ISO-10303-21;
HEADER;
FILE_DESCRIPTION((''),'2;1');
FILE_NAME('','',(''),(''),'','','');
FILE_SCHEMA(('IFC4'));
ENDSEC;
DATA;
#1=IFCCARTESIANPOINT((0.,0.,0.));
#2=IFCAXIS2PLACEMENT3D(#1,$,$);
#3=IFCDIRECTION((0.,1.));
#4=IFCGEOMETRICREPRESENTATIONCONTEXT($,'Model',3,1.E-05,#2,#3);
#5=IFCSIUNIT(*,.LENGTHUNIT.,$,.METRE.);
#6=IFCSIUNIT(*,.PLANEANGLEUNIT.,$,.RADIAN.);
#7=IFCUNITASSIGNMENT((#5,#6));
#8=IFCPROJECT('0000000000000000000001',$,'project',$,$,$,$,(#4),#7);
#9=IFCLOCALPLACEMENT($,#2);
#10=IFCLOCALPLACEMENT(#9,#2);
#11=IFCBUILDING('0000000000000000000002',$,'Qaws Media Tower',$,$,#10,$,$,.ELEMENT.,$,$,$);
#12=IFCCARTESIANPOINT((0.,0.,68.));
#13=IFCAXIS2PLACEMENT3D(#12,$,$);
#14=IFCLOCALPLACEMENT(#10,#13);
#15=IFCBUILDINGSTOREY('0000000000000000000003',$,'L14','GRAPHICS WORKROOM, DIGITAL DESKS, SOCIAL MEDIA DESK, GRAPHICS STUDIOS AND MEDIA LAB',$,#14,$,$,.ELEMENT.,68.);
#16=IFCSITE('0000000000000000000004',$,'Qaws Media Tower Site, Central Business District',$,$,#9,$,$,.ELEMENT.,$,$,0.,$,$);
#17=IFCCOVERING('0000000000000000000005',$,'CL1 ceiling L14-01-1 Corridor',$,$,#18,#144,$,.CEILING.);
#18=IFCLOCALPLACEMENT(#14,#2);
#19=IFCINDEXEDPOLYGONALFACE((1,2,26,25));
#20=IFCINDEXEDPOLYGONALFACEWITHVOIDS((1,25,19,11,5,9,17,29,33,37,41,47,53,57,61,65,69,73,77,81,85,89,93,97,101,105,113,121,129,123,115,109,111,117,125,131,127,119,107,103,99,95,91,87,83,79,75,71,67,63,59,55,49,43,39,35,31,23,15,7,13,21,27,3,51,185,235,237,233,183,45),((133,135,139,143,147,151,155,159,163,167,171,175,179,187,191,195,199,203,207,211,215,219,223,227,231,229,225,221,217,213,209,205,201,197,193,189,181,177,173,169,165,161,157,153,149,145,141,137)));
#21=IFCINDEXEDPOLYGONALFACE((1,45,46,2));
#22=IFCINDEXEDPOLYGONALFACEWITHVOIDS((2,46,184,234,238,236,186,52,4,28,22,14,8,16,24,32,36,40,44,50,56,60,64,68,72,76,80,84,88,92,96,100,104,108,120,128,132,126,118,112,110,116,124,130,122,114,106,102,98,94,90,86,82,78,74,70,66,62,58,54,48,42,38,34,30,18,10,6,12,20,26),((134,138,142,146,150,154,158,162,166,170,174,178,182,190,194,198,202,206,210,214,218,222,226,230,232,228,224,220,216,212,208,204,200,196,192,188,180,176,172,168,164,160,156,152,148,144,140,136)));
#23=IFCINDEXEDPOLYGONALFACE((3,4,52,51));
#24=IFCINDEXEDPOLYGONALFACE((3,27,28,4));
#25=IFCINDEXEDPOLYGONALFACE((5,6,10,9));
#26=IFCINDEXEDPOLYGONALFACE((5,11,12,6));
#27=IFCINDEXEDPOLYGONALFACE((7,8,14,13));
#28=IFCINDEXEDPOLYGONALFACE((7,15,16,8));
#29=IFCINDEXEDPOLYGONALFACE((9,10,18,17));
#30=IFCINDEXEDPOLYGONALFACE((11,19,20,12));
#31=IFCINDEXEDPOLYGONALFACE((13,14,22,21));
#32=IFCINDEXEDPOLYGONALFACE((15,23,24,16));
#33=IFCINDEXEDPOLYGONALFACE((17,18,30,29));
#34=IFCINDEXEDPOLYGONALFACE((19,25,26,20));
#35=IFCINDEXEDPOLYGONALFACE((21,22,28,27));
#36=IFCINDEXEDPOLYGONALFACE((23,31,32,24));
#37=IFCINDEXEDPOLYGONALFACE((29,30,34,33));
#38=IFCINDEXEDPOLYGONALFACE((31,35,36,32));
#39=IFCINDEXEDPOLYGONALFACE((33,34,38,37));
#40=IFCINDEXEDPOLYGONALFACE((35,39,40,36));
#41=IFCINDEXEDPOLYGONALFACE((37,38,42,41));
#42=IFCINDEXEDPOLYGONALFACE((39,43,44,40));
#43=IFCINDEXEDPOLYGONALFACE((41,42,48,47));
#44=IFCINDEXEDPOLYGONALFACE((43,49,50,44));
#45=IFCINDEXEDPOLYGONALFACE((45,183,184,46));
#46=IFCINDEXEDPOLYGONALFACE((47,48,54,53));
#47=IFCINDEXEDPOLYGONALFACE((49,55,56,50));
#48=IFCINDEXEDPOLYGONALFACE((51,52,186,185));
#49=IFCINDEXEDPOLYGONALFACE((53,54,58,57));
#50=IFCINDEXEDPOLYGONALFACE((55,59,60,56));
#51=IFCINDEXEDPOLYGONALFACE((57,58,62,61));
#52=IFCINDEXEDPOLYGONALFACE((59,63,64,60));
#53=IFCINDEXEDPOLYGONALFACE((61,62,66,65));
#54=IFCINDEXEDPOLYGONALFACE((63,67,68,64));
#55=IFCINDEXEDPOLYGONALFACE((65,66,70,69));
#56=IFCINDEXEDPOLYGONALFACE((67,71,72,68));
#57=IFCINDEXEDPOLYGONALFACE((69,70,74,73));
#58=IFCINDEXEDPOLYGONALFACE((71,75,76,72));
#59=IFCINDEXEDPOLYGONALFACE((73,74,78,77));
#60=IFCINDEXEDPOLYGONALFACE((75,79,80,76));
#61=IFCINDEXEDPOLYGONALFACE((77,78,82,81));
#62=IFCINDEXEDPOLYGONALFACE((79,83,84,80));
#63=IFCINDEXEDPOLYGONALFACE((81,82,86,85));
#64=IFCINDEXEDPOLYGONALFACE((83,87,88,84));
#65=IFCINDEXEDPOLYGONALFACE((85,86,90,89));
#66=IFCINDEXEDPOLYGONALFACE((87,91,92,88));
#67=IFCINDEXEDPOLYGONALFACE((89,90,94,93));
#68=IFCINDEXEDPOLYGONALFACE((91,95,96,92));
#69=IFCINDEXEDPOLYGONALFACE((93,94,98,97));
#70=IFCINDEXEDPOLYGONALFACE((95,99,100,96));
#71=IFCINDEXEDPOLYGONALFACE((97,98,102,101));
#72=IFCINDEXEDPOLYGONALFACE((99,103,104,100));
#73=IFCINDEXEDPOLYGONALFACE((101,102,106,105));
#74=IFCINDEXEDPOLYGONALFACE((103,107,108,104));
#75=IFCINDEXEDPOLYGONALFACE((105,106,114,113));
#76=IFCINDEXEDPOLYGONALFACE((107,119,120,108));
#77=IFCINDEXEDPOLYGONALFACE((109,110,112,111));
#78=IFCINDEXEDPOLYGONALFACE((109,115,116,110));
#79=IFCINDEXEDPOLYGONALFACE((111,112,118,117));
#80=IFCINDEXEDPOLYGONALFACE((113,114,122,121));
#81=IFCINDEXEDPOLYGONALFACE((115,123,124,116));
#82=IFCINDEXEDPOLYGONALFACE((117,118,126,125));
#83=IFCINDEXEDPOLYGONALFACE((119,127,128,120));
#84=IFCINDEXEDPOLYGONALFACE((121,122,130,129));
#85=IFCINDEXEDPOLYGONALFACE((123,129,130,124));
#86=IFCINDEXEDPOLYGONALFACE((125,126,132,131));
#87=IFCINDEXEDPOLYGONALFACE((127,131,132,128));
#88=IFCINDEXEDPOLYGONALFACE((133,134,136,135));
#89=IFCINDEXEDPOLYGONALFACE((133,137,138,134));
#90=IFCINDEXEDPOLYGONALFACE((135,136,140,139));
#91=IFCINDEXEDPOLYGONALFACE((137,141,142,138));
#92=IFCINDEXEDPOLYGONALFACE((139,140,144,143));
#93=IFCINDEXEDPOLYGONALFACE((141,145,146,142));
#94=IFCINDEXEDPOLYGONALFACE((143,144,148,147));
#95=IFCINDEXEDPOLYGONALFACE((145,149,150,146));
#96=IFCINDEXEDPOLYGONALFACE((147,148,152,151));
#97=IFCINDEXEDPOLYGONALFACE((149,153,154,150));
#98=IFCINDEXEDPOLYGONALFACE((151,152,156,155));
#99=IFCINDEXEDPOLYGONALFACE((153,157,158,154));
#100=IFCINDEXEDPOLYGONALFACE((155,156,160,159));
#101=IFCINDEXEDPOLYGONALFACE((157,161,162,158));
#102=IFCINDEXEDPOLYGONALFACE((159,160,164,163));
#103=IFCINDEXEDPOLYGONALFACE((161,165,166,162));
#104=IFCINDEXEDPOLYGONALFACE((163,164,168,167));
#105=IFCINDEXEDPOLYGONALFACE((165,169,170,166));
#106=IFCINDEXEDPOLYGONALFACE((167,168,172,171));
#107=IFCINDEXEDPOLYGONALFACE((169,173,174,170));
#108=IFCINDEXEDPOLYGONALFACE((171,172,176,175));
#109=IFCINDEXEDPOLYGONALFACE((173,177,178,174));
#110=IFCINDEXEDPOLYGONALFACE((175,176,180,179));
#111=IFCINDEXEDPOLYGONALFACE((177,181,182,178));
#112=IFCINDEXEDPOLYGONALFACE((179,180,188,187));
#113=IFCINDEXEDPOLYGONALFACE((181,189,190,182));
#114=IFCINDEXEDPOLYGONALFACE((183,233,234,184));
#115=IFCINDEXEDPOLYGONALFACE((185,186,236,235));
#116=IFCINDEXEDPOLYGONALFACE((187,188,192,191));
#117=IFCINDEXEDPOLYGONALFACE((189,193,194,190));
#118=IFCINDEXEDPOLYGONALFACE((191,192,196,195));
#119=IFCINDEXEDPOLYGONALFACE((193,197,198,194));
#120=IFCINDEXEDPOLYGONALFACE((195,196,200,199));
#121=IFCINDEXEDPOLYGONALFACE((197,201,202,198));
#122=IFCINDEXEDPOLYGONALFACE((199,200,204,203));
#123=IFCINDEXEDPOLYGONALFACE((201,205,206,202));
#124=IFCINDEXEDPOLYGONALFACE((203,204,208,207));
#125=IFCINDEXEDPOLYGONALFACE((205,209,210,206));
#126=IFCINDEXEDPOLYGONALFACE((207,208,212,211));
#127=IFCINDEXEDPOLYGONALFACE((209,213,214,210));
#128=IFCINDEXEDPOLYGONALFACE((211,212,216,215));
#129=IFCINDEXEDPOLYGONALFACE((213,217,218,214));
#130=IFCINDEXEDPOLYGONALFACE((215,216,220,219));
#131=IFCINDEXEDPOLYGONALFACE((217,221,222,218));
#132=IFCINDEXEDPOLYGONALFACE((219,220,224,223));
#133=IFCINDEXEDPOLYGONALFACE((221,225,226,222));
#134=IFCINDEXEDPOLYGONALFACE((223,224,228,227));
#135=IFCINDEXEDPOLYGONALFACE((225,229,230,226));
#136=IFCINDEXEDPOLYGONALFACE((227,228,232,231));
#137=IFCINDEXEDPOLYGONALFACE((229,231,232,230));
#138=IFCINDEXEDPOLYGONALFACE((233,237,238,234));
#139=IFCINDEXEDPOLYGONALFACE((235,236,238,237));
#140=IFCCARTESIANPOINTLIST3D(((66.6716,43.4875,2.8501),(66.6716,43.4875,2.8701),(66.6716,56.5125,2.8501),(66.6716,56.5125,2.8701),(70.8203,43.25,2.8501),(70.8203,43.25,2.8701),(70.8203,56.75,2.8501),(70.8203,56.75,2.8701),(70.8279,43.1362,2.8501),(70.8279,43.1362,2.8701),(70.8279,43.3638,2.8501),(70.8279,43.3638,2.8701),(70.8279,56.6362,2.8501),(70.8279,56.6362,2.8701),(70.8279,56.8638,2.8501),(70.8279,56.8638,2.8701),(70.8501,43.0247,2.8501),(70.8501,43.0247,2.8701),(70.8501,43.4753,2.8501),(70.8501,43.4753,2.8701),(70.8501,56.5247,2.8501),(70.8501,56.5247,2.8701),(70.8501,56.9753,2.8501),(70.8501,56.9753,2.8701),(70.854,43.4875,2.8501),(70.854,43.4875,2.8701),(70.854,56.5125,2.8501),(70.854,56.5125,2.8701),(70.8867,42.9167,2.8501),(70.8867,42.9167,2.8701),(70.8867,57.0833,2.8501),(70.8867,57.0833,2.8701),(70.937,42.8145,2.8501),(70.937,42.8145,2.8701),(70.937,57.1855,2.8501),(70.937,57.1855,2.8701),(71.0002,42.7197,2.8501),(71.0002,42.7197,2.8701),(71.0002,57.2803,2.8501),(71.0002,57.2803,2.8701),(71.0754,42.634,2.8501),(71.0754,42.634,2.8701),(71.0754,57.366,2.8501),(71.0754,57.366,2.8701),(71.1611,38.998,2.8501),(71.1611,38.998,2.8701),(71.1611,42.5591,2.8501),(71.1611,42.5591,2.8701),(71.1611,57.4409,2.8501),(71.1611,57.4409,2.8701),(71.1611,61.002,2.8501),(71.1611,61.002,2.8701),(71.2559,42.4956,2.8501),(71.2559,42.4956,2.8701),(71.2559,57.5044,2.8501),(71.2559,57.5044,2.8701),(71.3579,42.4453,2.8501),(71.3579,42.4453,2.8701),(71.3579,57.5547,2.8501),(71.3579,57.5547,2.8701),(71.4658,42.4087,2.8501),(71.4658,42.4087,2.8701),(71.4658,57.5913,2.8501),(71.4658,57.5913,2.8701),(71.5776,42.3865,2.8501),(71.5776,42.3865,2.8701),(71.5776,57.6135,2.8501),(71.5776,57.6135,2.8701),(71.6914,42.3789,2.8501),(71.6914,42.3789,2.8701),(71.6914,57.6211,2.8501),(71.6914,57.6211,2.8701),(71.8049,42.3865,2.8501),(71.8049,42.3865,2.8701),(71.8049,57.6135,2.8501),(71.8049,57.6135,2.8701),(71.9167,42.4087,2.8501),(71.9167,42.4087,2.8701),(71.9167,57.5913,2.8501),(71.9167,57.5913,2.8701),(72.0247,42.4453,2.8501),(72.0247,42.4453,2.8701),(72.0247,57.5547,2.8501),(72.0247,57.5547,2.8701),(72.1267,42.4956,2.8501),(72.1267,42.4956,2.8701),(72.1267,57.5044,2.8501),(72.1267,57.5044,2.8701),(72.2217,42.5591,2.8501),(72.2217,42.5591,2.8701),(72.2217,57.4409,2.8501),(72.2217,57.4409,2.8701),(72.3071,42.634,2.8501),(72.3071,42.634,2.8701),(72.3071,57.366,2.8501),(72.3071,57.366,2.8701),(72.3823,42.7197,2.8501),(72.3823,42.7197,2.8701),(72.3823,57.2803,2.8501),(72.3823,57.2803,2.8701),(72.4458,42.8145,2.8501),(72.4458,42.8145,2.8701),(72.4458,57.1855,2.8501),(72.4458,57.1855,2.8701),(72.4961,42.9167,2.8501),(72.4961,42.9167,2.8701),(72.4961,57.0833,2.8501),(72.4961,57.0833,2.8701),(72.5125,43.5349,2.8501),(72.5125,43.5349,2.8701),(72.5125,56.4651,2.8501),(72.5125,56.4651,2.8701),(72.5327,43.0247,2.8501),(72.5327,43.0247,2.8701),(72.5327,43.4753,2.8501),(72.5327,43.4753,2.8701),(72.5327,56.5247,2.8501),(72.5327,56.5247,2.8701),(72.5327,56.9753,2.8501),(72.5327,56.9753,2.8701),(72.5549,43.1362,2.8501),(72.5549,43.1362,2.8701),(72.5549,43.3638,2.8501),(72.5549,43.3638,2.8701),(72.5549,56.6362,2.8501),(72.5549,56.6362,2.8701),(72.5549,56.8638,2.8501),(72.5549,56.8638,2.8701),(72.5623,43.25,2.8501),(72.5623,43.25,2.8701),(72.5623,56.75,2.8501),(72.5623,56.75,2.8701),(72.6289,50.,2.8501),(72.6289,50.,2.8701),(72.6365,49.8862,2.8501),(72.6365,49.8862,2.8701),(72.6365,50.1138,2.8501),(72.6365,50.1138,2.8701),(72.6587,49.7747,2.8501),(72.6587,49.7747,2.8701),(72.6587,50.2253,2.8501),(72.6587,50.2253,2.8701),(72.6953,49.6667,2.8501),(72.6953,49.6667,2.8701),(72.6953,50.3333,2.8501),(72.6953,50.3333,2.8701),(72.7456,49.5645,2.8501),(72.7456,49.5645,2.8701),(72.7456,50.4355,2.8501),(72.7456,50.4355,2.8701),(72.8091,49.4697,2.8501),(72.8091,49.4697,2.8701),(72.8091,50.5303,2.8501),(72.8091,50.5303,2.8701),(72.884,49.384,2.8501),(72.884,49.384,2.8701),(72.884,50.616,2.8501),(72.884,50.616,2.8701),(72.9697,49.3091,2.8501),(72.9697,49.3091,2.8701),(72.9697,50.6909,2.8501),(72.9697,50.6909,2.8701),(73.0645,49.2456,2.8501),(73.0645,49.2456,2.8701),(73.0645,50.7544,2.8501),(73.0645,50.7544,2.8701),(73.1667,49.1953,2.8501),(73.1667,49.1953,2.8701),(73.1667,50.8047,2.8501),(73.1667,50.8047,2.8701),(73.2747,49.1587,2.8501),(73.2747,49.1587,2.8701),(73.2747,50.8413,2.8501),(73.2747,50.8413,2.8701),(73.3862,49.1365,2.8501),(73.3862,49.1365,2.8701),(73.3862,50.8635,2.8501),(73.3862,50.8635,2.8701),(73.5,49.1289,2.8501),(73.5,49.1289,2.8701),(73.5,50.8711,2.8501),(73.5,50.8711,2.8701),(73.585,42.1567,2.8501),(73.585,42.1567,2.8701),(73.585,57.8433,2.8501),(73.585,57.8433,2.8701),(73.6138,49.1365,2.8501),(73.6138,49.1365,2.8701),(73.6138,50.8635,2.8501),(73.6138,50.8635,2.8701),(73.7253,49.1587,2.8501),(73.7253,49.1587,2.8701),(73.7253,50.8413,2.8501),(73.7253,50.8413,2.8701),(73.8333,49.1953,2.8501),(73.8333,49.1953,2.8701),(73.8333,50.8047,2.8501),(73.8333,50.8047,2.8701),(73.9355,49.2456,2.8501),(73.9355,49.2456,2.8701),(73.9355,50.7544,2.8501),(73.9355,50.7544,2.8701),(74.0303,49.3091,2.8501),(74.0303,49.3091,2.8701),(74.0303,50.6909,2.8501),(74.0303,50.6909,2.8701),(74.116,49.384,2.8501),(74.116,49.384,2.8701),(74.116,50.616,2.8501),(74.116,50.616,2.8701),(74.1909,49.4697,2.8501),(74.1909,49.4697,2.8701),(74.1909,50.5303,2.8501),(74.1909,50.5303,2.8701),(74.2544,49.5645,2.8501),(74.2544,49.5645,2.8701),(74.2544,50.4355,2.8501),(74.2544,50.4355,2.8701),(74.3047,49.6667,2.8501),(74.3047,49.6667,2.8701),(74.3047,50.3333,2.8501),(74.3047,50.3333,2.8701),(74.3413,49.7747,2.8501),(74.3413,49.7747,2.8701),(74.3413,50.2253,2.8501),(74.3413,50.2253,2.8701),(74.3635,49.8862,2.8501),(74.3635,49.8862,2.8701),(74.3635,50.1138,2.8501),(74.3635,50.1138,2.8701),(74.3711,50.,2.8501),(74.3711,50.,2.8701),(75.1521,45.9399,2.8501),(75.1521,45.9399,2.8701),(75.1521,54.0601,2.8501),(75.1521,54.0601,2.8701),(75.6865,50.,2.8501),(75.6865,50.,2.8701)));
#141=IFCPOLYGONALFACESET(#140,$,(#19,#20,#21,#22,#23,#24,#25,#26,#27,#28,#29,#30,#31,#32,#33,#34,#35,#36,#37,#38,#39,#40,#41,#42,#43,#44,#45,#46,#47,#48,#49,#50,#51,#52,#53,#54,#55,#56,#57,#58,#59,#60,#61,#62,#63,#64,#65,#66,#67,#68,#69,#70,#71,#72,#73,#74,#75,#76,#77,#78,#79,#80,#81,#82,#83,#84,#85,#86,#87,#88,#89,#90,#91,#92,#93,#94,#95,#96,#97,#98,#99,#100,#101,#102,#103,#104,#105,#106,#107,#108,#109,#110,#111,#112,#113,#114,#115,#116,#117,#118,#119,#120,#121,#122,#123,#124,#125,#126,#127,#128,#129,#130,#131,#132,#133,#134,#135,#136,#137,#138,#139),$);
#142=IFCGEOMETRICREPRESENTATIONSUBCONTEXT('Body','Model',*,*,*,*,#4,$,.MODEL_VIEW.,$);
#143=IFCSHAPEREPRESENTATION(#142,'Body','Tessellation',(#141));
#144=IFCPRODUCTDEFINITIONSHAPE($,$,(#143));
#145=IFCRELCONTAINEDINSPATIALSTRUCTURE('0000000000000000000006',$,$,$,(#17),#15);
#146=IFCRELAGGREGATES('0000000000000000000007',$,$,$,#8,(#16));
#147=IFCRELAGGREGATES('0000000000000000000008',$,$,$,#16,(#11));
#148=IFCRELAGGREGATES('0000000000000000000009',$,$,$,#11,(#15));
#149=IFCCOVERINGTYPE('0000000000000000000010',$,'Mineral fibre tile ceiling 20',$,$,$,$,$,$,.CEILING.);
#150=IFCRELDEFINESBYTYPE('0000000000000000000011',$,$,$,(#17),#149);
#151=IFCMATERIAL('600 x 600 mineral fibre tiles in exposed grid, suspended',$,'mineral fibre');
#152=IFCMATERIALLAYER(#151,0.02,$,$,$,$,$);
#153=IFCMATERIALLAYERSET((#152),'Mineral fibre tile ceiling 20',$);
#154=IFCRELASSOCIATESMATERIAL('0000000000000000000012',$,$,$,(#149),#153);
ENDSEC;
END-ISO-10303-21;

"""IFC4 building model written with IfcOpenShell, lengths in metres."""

from ifc_helpers import new_model, si_unit, direction, frame, origin, place, context, subcontext, project, spatial, polyline, outline, extrude, material, layer, layer_set, type_object, element, save


model = new_model("IFC4")

# Units and contexts
model_context = context("Model", 3, precision=1e-05, world=origin(), true_north=direction((0.0, 1.0)))
body_context = subcontext(model_context, "Body", "Model", "MODEL_VIEW")
ifc_project = project(units=[si_unit("LENGTHUNIT", "METRE"), si_unit("PLANEANGLEUNIT", "RADIAN")], contexts=[model_context])

# Site, building, storey
site_placement = place(None, origin())
site = spatial("IfcSite", under=ifc_project, at=site_placement, Name="Qaws Media Tower Site, Central Business District", CompositionType="ELEMENT", RefElevation=0.0)
building_placement = place(site_placement, origin())
building = spatial("IfcBuilding", under=site, at=building_placement, Name="Qaws Media Tower", CompositionType="ELEMENT")
storey_placement = place(building_placement, frame((0.0, 0.0, 68.0)))
storey = spatial("IfcBuildingStorey", under=building, at=storey_placement, Name="L14", Description="GRAPHICS WORKROOM, DIGITAL DESKS, SOCIAL MEDIA DESK, GRAPHICS STUDIOS AND MEDIA LAB", CompositionType="ELEMENT", Elevation=68.0)

# Covering
ifc_material_1 = material(Name="600 x 600 mineral fibre tiles in exposed grid, suspended", Category="mineral fibre")
ifc_layer_1 = layer(ifc_material_1, 0.02)
ifc_layer_set_1 = layer_set([ifc_layer_1], Name="Mineral fibre tile ceiling 20")
covering_type_1 = type_object("IfcCoveringType", Name="Mineral fibre tile ceiling 20", PredefinedType="CEILING", material=ifc_layer_set_1)
covering_1_placement = place(storey_placement, frame((0.0, 0.0, 2.8501)))
element("IfcCovering", 1, at=covering_1_placement, inside=storey, type_object=covering_type_1, Name="CL1 ceiling L14-01-1 Corridor", PredefinedType="CEILING", context=body_context, shape_type="SweptSolid", body=[
    extrude(outline(polyline([(73.585, 57.8433), (75.1521, 54.0601), (75.6865, 50.0), (75.1521, 45.9399), (73.585, 42.1567), (71.1611, 38.998), (66.6716, 43.4875), (70.854, 43.4875), (70.8501, 43.4753), (70.8279, 43.3638), (70.8203, 43.25), (70.8279, 43.1362), (70.8501, 43.0247), (70.8867, 42.9167), (70.937, 42.8145), (71.0002, 42.7197), (71.0754, 42.634), (71.1611, 42.5591), (71.2559, 42.4956), (71.3579, 42.4453), (71.4658, 42.4087), (71.5776, 42.3865), (71.6914, 42.3789), (71.8049, 42.3865), (71.9167, 42.4087), (72.0247, 42.4453), (72.1267, 42.4956), (72.2217, 42.5591), (72.3071, 42.634), (72.3823, 42.7197), (72.4458, 42.8145), (72.4961, 42.9167), (72.5327, 43.0247), (72.5549, 43.1362), (72.5623, 43.25), (72.5549, 43.3638), (72.5327, 43.4753), (72.5125, 43.5349), (72.5125, 56.4651), (72.5327, 56.5247), (72.5549, 56.6362), (72.5623, 56.75), (72.5549, 56.8638), (72.5327, 56.9753), (72.4961, 57.0833), (72.4458, 57.1855), (72.3823, 57.2803), (72.3071, 57.366), (72.2217, 57.4409), (72.1267, 57.5044), (72.0247, 57.5547), (71.9167, 57.5913), (71.8049, 57.6135), (71.6914, 57.6211), (71.5776, 57.6135), (71.4658, 57.5913), (71.3579, 57.5547), (71.2559, 57.5044), (71.1611, 57.4409), (71.0754, 57.366), (71.0002, 57.2803), (70.937, 57.1855), (70.8867, 57.0833), (70.8501, 56.9753), (70.8279, 56.8638), (70.8203, 56.75), (70.8279, 56.6362), (70.8501, 56.5247), (70.854, 56.5125), (66.6716, 56.5125), (71.1611, 61.002), (73.585, 57.8433)]), holes=[polyline([(74.3413, 49.7747), (74.3635, 49.8862), (74.3711, 50.0), (74.3635, 50.1138), (74.3413, 50.2253), (74.3047, 50.3333), (74.2544, 50.4355), (74.1909, 50.5303), (74.116, 50.616), (74.0303, 50.6909), (73.9355, 50.7544), (73.8333, 50.8047), (73.7253, 50.8413), (73.6138, 50.8635), (73.5, 50.8711), (73.3862, 50.8635), (73.2747, 50.8413), (73.1667, 50.8047), (73.0645, 50.7544), (72.9697, 50.6909), (72.884, 50.616), (72.8091, 50.5303), (72.7456, 50.4355), (72.6953, 50.3333), (72.6587, 50.2253), (72.6365, 50.1138), (72.6289, 50.0), (72.6365, 49.8862), (72.6587, 49.7747), (72.6953, 49.6667), (72.7456, 49.5645), (72.8091, 49.4697), (72.884, 49.384), (72.9697, 49.3091), (73.0645, 49.2456), (73.1667, 49.1953), (73.2747, 49.1587), (73.3862, 49.1365), (73.5, 49.1289), (73.6138, 49.1365), (73.7253, 49.1587), (73.8333, 49.1953), (73.9355, 49.2456), (74.0303, 49.3091), (74.116, 49.384), (74.1909, 49.4697), (74.2544, 49.5645), (74.3047, 49.6667), (74.3413, 49.7747)])]), origin(), (0.0, 0.0, 1.0), 0.02),
])

save(model, "model.ifc")
